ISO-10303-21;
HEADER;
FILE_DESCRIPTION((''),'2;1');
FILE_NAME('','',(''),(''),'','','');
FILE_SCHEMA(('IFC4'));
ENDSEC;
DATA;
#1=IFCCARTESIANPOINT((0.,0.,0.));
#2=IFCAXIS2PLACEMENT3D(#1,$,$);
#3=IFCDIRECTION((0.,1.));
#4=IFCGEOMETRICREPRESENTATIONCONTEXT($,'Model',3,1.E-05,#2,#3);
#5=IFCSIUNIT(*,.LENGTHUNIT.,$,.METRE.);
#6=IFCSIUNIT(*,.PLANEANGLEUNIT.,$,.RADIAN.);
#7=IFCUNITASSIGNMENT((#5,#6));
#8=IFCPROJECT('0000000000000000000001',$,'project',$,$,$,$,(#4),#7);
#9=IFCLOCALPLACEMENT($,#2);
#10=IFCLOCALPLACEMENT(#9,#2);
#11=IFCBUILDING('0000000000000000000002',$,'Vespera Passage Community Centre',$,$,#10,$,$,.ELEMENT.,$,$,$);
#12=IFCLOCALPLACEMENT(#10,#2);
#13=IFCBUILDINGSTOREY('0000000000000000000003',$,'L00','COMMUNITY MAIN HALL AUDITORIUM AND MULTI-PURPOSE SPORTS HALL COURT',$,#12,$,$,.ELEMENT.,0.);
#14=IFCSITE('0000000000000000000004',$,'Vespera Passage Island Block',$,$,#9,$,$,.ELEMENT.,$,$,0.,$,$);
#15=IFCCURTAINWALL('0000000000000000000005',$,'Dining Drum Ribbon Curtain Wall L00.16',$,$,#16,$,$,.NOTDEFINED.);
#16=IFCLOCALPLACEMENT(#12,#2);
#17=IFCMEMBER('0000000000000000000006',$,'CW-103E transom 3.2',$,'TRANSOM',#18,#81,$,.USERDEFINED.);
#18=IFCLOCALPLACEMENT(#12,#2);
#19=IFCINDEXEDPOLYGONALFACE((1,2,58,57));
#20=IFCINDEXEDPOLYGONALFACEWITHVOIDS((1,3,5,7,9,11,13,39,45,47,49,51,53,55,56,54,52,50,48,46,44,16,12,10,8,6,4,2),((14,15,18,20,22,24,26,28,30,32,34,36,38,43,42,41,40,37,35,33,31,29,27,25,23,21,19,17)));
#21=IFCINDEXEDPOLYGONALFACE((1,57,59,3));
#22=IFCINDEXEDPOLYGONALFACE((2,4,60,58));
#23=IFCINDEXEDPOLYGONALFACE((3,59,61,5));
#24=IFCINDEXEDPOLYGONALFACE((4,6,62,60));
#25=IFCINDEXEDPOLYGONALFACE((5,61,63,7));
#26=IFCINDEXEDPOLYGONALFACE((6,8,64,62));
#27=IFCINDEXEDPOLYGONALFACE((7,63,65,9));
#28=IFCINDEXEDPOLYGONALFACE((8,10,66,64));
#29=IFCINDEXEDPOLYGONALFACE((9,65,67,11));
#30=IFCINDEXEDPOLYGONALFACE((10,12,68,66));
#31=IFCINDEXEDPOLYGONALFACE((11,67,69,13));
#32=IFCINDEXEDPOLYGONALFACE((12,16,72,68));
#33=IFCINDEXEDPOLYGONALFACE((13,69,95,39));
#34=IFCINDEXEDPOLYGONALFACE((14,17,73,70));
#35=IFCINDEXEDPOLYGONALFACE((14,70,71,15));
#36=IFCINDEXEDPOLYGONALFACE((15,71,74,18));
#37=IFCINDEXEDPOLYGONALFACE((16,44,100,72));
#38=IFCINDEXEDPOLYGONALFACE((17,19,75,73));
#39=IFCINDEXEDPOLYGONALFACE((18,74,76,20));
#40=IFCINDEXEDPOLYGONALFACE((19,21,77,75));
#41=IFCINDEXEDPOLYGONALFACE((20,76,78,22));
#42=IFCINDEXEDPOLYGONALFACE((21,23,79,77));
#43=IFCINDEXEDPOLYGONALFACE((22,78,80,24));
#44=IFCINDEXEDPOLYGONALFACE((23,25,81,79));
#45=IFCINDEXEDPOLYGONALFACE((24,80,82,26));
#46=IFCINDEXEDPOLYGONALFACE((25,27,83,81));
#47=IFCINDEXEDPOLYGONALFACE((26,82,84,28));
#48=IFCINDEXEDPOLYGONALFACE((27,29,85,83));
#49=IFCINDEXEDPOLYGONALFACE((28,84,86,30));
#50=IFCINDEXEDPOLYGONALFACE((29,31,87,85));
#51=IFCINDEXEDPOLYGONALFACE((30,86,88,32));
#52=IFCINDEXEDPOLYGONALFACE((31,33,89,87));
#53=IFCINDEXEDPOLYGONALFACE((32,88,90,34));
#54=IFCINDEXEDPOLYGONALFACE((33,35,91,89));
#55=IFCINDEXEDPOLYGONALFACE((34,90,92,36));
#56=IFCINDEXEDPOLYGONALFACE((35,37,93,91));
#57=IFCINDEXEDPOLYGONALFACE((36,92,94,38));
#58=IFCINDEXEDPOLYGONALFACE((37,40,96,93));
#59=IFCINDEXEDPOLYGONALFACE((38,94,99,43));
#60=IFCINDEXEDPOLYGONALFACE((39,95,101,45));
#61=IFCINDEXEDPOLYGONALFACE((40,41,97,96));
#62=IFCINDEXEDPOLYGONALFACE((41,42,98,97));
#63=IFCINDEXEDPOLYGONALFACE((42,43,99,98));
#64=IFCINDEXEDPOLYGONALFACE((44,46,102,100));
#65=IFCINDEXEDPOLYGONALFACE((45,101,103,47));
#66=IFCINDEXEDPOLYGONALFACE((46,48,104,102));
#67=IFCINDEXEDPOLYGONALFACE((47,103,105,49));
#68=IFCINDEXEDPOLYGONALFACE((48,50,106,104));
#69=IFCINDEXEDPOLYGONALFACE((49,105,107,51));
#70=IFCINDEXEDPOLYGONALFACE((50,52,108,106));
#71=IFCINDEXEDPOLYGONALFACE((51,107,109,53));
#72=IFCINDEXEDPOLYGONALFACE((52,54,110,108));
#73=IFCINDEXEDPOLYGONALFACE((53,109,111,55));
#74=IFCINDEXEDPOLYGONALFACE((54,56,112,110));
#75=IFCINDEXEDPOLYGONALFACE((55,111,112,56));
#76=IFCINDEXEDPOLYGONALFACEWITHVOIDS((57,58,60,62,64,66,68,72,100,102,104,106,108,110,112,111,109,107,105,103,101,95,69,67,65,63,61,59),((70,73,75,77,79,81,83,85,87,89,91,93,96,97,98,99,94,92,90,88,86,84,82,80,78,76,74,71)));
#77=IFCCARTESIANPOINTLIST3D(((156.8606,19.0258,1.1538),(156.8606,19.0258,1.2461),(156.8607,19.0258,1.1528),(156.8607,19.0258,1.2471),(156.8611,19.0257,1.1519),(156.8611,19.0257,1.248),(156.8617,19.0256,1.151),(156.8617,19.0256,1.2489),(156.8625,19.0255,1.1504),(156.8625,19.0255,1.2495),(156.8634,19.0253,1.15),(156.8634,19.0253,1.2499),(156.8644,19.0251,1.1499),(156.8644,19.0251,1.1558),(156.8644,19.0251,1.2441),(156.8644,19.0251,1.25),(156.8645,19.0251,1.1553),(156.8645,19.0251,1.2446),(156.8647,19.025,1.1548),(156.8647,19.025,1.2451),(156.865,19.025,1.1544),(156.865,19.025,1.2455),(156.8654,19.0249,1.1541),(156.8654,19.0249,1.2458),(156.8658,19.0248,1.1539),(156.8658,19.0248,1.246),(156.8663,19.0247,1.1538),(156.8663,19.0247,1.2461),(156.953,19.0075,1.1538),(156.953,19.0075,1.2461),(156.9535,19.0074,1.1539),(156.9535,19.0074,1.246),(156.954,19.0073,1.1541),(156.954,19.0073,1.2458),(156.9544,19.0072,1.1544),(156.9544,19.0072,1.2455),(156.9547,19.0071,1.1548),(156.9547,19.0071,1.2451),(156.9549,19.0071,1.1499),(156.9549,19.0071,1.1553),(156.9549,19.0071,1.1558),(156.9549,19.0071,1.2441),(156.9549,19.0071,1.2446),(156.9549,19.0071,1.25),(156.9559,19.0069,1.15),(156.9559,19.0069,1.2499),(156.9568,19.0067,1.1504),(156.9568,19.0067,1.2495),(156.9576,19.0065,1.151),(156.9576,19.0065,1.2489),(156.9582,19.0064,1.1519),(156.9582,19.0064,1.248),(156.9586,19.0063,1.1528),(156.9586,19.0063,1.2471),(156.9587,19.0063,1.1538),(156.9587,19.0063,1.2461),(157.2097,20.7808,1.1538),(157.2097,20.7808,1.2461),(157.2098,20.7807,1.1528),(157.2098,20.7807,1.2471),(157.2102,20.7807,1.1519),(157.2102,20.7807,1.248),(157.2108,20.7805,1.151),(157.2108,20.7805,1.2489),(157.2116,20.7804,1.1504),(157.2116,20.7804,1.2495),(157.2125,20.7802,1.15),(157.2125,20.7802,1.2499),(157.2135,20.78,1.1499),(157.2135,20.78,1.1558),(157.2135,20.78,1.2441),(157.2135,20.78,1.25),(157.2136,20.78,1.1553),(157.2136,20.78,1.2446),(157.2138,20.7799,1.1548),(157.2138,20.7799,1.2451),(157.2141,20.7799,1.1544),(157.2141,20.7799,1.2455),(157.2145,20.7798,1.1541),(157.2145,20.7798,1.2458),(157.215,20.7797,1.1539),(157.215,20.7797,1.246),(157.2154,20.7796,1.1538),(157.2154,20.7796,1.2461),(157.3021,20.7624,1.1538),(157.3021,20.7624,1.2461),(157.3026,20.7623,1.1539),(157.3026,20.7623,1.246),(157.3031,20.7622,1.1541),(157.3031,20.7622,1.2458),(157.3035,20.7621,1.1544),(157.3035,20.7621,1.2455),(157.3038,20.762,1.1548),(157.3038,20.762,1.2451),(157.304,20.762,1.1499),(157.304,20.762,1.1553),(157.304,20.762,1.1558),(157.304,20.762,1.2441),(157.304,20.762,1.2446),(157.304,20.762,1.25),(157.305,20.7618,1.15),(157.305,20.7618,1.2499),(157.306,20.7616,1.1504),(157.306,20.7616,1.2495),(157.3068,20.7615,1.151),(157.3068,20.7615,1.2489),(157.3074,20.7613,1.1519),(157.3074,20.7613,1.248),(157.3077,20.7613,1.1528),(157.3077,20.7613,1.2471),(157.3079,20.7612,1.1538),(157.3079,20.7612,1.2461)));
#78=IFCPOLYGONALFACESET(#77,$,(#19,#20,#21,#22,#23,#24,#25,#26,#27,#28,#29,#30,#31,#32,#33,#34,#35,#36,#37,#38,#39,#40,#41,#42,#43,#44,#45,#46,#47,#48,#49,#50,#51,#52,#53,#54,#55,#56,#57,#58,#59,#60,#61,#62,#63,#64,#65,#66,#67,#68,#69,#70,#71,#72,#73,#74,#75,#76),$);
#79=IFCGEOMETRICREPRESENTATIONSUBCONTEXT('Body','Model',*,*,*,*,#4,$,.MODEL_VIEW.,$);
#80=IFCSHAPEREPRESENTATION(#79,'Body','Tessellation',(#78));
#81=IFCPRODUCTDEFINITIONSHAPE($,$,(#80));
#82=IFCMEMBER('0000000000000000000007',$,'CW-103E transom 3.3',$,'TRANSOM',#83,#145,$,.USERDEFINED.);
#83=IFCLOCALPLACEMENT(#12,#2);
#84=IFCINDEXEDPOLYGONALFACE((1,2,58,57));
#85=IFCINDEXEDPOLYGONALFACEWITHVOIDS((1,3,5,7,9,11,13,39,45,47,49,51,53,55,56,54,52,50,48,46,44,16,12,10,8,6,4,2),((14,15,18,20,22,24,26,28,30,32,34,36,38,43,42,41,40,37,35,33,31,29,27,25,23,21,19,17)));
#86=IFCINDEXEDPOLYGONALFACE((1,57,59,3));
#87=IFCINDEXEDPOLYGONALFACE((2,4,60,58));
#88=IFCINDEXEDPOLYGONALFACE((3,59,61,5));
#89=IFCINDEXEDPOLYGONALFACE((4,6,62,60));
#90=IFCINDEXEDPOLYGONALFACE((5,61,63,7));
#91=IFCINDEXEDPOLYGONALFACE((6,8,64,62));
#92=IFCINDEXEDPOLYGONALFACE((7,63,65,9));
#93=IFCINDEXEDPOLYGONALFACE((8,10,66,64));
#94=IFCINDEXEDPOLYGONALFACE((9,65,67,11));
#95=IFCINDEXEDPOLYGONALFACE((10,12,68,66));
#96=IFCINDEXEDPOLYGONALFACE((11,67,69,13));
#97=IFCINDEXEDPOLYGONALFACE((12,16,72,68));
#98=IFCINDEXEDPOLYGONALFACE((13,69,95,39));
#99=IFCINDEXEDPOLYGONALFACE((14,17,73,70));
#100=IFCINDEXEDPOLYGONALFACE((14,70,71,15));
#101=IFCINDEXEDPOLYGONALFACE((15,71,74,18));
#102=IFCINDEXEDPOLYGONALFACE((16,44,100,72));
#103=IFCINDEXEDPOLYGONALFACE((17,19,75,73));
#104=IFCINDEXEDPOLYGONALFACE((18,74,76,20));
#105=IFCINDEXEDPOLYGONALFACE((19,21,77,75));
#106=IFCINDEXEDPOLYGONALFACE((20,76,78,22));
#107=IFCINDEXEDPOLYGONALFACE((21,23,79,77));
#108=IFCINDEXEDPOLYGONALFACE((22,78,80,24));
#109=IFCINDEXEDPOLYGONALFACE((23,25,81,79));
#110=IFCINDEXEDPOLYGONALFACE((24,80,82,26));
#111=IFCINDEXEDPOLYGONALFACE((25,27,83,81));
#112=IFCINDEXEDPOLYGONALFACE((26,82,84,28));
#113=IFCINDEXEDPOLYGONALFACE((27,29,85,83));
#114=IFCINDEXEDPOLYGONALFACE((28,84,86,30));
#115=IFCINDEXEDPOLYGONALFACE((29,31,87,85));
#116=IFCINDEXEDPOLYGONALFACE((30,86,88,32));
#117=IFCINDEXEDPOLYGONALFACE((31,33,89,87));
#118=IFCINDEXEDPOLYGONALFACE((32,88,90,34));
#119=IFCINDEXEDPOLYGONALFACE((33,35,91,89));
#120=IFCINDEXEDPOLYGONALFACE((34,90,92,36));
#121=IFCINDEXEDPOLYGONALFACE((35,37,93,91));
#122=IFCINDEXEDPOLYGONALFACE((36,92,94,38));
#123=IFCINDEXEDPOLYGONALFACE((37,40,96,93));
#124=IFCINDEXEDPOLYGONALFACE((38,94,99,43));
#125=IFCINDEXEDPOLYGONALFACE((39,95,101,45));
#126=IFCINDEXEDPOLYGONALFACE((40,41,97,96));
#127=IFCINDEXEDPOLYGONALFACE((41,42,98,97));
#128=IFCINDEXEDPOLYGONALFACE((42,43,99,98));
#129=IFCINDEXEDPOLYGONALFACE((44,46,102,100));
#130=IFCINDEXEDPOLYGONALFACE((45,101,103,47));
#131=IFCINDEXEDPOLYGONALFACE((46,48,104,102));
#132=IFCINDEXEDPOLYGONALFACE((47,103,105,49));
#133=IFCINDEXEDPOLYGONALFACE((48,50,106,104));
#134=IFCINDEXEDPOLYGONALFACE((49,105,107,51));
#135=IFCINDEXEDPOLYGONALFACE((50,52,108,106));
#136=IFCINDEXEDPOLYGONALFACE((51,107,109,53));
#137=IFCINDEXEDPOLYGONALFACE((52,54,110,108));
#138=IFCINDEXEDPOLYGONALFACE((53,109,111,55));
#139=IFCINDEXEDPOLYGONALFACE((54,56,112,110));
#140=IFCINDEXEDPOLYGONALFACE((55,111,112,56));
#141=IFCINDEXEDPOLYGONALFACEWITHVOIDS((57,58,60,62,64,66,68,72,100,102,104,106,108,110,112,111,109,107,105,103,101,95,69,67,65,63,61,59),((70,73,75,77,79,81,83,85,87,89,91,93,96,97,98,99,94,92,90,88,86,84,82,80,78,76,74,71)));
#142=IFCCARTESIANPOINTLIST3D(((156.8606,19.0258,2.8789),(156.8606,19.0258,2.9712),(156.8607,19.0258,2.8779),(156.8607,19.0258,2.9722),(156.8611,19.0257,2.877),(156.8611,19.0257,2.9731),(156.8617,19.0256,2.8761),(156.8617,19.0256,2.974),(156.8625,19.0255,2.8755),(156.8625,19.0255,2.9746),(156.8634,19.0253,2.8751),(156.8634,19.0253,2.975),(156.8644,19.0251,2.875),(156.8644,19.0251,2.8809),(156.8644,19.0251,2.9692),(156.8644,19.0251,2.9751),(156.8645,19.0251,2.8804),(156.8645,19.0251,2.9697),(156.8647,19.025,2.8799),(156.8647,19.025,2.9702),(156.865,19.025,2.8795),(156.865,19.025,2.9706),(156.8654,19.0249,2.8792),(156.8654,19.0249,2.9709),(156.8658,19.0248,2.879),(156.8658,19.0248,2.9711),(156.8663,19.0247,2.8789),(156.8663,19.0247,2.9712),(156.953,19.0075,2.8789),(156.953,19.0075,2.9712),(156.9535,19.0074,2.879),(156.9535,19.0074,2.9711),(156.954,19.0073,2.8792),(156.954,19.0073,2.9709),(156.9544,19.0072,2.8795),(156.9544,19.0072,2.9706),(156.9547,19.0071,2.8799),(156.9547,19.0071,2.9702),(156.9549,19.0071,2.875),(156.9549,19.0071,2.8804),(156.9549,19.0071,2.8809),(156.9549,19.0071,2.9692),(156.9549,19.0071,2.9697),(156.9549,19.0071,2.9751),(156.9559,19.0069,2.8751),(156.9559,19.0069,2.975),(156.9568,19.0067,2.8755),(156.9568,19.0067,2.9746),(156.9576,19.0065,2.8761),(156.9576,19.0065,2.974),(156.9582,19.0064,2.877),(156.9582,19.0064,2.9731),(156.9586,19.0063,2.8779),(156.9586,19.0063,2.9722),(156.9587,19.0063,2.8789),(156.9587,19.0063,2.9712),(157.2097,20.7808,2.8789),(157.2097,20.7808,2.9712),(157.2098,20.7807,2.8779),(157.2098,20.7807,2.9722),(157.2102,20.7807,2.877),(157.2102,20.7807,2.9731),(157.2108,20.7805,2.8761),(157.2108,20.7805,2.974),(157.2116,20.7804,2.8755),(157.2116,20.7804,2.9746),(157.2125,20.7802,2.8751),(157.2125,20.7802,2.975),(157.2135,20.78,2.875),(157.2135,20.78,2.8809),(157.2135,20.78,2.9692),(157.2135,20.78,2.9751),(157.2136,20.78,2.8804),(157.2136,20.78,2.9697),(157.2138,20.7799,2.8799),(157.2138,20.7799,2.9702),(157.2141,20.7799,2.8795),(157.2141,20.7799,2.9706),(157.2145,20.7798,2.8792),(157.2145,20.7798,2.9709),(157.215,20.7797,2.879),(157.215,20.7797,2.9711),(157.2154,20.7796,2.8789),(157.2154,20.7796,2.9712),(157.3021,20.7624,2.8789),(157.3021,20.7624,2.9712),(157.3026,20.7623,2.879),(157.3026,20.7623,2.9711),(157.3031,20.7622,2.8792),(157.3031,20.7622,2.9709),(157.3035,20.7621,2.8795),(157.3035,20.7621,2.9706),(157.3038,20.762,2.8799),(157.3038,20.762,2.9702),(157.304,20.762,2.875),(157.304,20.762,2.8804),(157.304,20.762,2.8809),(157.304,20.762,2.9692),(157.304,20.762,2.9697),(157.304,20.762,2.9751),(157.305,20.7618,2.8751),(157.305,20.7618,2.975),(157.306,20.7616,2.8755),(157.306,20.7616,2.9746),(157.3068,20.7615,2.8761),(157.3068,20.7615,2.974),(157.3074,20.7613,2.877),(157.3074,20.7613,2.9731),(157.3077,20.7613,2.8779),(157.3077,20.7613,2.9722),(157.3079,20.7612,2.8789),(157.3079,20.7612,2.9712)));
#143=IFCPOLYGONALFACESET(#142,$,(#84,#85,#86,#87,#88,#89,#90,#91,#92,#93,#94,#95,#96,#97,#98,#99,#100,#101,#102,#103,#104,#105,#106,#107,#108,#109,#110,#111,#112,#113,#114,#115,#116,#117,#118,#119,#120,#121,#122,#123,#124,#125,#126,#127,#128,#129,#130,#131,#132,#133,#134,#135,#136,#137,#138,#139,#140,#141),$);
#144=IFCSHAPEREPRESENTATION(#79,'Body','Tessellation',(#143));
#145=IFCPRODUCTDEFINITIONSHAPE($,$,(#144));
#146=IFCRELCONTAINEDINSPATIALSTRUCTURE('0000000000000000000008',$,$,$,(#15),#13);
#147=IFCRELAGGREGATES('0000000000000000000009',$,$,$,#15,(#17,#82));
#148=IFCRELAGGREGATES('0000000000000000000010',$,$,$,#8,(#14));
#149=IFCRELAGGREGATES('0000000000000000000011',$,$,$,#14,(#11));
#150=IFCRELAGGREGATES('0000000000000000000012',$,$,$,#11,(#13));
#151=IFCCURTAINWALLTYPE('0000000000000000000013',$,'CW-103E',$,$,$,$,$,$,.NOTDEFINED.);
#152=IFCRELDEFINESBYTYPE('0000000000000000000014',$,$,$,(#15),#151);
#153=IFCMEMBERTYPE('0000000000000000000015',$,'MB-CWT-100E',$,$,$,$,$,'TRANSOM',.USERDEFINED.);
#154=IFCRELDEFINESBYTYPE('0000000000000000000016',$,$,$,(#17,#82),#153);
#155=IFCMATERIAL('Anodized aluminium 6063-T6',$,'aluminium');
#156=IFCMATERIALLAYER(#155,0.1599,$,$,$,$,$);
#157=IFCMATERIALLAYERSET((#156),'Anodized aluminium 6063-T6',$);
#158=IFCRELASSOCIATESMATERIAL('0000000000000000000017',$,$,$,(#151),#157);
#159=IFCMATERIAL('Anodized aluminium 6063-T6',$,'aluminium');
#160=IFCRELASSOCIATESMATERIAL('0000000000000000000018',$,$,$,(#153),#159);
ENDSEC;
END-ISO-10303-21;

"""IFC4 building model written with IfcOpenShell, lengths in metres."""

from ifc_helpers import new_model, si_unit, direction, frame, origin, origin_2d, place, context, subcontext, project, spatial, hollow_rectangle, extrude, material, layer, layer_set, material_profile, profile_set, type_object, element, aggregate, save


model = new_model("IFC4")

# Units and contexts
model_context = context("Model", 3, precision=1e-05, world=origin(), true_north=direction((0.0, 1.0)))
body_context = subcontext(model_context, "Body", "Model", "MODEL_VIEW")
ifc_project = project(units=[si_unit("LENGTHUNIT", "METRE"), si_unit("PLANEANGLEUNIT", "RADIAN")], contexts=[model_context])

# Site, building, storey
site_placement = place(None, origin())
site = spatial("IfcSite", under=ifc_project, at=site_placement, Name="Vespera Passage Island Block", CompositionType="ELEMENT", RefElevation=0.0)
building_placement = place(site_placement, origin())
building = spatial("IfcBuilding", under=site, at=building_placement, Name="Vespera Passage Community Centre", CompositionType="ELEMENT")
storey_placement = place(building_placement, origin())
storey = spatial("IfcBuildingStorey", under=building, at=storey_placement, Name="L00", Description="COMMUNITY MAIN HALL AUDITORIUM AND MULTI-PURPOSE SPORTS HALL COURT", CompositionType="ELEMENT", Elevation=0.0)

# Curtain wall, members
ifc_material_1 = material(Name="Anodized aluminium 6063-T6", Category="aluminium")
ifc_layer_1 = layer(ifc_material_1, 0.1599)
ifc_layer_set_1 = layer_set([ifc_layer_1], Name="Anodized aluminium 6063-T6")
curtain_wall_type = type_object("IfcCurtainWallType", Name="CW-103E", PredefinedType="NOTDEFINED", material=ifc_layer_set_1)
curtain_wall_placement = place(storey_placement, origin())
curtain_wall = element("IfcCurtainWall", 1, at=curtain_wall_placement, inside=storey, type_object=curtain_wall_type, Name="Dining Drum Ribbon Curtain Wall L00.16", PredefinedType="NOTDEFINED")
ifc_material_2 = material(Name="Anodized aluminium 6063-T6", Category="aluminium")
ifc_material_profile_1 = material_profile(ifc_material_2, hollow_rectangle(XDim=0.1001, YDim=0.1001, WallThickness=0.0039, InnerFilletRadius=0.002, OuterFilletRadius=0.0039, at=origin_2d()), Name="ALU100X100X4")
ifc_profile_set_1 = profile_set([ifc_material_profile_1], Name="Anodized aluminium 6063-T6")
member_type_1 = type_object("IfcMemberType", Name="MB-CWT-100E", ElementType="TRANSOM", PredefinedType="USERDEFINED", material=ifc_profile_set_1)
member_1_placement = place(storey_placement, frame((157.2588, 20.771, 1.2), z_axis=(-0.195119, -0.98078, 0.0), x_axis=(0.98078, -0.195119, 0.0)))
member_1 = element("IfcMember", 2, at=member_1_placement, type_object=member_type_1, Name="CW-103E transom 3.2", ObjectType="TRANSOM", PredefinedType="USERDEFINED", context=body_context, shape_type="SweptSolid", body=[
    extrude(hollow_rectangle(XDim=0.1001, YDim=0.1001, WallThickness=0.0039, InnerFilletRadius=0.002, OuterFilletRadius=0.0039, at=origin_2d()), origin(), (0.0, 0.0, 1.0), 1.7893),
])
member_2_placement = place(storey_placement, frame((157.2588, 20.771, 2.925), z_axis=(-0.195119, -0.98078, 0.0), x_axis=(0.98078, -0.195119, 0.0)))
member_2 = element("IfcMember", 3, at=member_2_placement, type_object=member_type_1, Name="CW-103E transom 3.3", ObjectType="TRANSOM", PredefinedType="USERDEFINED", context=body_context, shape_type="SweptSolid", body=[
    extrude(hollow_rectangle(XDim=0.1001, YDim=0.1001, WallThickness=0.0039, InnerFilletRadius=0.002, OuterFilletRadius=0.0039, at=origin_2d()), origin(), (0.0, 0.0, 1.0), 1.7893),
])
aggregate(curtain_wall, [member_1, member_2])

save(model, "model.ifc")
